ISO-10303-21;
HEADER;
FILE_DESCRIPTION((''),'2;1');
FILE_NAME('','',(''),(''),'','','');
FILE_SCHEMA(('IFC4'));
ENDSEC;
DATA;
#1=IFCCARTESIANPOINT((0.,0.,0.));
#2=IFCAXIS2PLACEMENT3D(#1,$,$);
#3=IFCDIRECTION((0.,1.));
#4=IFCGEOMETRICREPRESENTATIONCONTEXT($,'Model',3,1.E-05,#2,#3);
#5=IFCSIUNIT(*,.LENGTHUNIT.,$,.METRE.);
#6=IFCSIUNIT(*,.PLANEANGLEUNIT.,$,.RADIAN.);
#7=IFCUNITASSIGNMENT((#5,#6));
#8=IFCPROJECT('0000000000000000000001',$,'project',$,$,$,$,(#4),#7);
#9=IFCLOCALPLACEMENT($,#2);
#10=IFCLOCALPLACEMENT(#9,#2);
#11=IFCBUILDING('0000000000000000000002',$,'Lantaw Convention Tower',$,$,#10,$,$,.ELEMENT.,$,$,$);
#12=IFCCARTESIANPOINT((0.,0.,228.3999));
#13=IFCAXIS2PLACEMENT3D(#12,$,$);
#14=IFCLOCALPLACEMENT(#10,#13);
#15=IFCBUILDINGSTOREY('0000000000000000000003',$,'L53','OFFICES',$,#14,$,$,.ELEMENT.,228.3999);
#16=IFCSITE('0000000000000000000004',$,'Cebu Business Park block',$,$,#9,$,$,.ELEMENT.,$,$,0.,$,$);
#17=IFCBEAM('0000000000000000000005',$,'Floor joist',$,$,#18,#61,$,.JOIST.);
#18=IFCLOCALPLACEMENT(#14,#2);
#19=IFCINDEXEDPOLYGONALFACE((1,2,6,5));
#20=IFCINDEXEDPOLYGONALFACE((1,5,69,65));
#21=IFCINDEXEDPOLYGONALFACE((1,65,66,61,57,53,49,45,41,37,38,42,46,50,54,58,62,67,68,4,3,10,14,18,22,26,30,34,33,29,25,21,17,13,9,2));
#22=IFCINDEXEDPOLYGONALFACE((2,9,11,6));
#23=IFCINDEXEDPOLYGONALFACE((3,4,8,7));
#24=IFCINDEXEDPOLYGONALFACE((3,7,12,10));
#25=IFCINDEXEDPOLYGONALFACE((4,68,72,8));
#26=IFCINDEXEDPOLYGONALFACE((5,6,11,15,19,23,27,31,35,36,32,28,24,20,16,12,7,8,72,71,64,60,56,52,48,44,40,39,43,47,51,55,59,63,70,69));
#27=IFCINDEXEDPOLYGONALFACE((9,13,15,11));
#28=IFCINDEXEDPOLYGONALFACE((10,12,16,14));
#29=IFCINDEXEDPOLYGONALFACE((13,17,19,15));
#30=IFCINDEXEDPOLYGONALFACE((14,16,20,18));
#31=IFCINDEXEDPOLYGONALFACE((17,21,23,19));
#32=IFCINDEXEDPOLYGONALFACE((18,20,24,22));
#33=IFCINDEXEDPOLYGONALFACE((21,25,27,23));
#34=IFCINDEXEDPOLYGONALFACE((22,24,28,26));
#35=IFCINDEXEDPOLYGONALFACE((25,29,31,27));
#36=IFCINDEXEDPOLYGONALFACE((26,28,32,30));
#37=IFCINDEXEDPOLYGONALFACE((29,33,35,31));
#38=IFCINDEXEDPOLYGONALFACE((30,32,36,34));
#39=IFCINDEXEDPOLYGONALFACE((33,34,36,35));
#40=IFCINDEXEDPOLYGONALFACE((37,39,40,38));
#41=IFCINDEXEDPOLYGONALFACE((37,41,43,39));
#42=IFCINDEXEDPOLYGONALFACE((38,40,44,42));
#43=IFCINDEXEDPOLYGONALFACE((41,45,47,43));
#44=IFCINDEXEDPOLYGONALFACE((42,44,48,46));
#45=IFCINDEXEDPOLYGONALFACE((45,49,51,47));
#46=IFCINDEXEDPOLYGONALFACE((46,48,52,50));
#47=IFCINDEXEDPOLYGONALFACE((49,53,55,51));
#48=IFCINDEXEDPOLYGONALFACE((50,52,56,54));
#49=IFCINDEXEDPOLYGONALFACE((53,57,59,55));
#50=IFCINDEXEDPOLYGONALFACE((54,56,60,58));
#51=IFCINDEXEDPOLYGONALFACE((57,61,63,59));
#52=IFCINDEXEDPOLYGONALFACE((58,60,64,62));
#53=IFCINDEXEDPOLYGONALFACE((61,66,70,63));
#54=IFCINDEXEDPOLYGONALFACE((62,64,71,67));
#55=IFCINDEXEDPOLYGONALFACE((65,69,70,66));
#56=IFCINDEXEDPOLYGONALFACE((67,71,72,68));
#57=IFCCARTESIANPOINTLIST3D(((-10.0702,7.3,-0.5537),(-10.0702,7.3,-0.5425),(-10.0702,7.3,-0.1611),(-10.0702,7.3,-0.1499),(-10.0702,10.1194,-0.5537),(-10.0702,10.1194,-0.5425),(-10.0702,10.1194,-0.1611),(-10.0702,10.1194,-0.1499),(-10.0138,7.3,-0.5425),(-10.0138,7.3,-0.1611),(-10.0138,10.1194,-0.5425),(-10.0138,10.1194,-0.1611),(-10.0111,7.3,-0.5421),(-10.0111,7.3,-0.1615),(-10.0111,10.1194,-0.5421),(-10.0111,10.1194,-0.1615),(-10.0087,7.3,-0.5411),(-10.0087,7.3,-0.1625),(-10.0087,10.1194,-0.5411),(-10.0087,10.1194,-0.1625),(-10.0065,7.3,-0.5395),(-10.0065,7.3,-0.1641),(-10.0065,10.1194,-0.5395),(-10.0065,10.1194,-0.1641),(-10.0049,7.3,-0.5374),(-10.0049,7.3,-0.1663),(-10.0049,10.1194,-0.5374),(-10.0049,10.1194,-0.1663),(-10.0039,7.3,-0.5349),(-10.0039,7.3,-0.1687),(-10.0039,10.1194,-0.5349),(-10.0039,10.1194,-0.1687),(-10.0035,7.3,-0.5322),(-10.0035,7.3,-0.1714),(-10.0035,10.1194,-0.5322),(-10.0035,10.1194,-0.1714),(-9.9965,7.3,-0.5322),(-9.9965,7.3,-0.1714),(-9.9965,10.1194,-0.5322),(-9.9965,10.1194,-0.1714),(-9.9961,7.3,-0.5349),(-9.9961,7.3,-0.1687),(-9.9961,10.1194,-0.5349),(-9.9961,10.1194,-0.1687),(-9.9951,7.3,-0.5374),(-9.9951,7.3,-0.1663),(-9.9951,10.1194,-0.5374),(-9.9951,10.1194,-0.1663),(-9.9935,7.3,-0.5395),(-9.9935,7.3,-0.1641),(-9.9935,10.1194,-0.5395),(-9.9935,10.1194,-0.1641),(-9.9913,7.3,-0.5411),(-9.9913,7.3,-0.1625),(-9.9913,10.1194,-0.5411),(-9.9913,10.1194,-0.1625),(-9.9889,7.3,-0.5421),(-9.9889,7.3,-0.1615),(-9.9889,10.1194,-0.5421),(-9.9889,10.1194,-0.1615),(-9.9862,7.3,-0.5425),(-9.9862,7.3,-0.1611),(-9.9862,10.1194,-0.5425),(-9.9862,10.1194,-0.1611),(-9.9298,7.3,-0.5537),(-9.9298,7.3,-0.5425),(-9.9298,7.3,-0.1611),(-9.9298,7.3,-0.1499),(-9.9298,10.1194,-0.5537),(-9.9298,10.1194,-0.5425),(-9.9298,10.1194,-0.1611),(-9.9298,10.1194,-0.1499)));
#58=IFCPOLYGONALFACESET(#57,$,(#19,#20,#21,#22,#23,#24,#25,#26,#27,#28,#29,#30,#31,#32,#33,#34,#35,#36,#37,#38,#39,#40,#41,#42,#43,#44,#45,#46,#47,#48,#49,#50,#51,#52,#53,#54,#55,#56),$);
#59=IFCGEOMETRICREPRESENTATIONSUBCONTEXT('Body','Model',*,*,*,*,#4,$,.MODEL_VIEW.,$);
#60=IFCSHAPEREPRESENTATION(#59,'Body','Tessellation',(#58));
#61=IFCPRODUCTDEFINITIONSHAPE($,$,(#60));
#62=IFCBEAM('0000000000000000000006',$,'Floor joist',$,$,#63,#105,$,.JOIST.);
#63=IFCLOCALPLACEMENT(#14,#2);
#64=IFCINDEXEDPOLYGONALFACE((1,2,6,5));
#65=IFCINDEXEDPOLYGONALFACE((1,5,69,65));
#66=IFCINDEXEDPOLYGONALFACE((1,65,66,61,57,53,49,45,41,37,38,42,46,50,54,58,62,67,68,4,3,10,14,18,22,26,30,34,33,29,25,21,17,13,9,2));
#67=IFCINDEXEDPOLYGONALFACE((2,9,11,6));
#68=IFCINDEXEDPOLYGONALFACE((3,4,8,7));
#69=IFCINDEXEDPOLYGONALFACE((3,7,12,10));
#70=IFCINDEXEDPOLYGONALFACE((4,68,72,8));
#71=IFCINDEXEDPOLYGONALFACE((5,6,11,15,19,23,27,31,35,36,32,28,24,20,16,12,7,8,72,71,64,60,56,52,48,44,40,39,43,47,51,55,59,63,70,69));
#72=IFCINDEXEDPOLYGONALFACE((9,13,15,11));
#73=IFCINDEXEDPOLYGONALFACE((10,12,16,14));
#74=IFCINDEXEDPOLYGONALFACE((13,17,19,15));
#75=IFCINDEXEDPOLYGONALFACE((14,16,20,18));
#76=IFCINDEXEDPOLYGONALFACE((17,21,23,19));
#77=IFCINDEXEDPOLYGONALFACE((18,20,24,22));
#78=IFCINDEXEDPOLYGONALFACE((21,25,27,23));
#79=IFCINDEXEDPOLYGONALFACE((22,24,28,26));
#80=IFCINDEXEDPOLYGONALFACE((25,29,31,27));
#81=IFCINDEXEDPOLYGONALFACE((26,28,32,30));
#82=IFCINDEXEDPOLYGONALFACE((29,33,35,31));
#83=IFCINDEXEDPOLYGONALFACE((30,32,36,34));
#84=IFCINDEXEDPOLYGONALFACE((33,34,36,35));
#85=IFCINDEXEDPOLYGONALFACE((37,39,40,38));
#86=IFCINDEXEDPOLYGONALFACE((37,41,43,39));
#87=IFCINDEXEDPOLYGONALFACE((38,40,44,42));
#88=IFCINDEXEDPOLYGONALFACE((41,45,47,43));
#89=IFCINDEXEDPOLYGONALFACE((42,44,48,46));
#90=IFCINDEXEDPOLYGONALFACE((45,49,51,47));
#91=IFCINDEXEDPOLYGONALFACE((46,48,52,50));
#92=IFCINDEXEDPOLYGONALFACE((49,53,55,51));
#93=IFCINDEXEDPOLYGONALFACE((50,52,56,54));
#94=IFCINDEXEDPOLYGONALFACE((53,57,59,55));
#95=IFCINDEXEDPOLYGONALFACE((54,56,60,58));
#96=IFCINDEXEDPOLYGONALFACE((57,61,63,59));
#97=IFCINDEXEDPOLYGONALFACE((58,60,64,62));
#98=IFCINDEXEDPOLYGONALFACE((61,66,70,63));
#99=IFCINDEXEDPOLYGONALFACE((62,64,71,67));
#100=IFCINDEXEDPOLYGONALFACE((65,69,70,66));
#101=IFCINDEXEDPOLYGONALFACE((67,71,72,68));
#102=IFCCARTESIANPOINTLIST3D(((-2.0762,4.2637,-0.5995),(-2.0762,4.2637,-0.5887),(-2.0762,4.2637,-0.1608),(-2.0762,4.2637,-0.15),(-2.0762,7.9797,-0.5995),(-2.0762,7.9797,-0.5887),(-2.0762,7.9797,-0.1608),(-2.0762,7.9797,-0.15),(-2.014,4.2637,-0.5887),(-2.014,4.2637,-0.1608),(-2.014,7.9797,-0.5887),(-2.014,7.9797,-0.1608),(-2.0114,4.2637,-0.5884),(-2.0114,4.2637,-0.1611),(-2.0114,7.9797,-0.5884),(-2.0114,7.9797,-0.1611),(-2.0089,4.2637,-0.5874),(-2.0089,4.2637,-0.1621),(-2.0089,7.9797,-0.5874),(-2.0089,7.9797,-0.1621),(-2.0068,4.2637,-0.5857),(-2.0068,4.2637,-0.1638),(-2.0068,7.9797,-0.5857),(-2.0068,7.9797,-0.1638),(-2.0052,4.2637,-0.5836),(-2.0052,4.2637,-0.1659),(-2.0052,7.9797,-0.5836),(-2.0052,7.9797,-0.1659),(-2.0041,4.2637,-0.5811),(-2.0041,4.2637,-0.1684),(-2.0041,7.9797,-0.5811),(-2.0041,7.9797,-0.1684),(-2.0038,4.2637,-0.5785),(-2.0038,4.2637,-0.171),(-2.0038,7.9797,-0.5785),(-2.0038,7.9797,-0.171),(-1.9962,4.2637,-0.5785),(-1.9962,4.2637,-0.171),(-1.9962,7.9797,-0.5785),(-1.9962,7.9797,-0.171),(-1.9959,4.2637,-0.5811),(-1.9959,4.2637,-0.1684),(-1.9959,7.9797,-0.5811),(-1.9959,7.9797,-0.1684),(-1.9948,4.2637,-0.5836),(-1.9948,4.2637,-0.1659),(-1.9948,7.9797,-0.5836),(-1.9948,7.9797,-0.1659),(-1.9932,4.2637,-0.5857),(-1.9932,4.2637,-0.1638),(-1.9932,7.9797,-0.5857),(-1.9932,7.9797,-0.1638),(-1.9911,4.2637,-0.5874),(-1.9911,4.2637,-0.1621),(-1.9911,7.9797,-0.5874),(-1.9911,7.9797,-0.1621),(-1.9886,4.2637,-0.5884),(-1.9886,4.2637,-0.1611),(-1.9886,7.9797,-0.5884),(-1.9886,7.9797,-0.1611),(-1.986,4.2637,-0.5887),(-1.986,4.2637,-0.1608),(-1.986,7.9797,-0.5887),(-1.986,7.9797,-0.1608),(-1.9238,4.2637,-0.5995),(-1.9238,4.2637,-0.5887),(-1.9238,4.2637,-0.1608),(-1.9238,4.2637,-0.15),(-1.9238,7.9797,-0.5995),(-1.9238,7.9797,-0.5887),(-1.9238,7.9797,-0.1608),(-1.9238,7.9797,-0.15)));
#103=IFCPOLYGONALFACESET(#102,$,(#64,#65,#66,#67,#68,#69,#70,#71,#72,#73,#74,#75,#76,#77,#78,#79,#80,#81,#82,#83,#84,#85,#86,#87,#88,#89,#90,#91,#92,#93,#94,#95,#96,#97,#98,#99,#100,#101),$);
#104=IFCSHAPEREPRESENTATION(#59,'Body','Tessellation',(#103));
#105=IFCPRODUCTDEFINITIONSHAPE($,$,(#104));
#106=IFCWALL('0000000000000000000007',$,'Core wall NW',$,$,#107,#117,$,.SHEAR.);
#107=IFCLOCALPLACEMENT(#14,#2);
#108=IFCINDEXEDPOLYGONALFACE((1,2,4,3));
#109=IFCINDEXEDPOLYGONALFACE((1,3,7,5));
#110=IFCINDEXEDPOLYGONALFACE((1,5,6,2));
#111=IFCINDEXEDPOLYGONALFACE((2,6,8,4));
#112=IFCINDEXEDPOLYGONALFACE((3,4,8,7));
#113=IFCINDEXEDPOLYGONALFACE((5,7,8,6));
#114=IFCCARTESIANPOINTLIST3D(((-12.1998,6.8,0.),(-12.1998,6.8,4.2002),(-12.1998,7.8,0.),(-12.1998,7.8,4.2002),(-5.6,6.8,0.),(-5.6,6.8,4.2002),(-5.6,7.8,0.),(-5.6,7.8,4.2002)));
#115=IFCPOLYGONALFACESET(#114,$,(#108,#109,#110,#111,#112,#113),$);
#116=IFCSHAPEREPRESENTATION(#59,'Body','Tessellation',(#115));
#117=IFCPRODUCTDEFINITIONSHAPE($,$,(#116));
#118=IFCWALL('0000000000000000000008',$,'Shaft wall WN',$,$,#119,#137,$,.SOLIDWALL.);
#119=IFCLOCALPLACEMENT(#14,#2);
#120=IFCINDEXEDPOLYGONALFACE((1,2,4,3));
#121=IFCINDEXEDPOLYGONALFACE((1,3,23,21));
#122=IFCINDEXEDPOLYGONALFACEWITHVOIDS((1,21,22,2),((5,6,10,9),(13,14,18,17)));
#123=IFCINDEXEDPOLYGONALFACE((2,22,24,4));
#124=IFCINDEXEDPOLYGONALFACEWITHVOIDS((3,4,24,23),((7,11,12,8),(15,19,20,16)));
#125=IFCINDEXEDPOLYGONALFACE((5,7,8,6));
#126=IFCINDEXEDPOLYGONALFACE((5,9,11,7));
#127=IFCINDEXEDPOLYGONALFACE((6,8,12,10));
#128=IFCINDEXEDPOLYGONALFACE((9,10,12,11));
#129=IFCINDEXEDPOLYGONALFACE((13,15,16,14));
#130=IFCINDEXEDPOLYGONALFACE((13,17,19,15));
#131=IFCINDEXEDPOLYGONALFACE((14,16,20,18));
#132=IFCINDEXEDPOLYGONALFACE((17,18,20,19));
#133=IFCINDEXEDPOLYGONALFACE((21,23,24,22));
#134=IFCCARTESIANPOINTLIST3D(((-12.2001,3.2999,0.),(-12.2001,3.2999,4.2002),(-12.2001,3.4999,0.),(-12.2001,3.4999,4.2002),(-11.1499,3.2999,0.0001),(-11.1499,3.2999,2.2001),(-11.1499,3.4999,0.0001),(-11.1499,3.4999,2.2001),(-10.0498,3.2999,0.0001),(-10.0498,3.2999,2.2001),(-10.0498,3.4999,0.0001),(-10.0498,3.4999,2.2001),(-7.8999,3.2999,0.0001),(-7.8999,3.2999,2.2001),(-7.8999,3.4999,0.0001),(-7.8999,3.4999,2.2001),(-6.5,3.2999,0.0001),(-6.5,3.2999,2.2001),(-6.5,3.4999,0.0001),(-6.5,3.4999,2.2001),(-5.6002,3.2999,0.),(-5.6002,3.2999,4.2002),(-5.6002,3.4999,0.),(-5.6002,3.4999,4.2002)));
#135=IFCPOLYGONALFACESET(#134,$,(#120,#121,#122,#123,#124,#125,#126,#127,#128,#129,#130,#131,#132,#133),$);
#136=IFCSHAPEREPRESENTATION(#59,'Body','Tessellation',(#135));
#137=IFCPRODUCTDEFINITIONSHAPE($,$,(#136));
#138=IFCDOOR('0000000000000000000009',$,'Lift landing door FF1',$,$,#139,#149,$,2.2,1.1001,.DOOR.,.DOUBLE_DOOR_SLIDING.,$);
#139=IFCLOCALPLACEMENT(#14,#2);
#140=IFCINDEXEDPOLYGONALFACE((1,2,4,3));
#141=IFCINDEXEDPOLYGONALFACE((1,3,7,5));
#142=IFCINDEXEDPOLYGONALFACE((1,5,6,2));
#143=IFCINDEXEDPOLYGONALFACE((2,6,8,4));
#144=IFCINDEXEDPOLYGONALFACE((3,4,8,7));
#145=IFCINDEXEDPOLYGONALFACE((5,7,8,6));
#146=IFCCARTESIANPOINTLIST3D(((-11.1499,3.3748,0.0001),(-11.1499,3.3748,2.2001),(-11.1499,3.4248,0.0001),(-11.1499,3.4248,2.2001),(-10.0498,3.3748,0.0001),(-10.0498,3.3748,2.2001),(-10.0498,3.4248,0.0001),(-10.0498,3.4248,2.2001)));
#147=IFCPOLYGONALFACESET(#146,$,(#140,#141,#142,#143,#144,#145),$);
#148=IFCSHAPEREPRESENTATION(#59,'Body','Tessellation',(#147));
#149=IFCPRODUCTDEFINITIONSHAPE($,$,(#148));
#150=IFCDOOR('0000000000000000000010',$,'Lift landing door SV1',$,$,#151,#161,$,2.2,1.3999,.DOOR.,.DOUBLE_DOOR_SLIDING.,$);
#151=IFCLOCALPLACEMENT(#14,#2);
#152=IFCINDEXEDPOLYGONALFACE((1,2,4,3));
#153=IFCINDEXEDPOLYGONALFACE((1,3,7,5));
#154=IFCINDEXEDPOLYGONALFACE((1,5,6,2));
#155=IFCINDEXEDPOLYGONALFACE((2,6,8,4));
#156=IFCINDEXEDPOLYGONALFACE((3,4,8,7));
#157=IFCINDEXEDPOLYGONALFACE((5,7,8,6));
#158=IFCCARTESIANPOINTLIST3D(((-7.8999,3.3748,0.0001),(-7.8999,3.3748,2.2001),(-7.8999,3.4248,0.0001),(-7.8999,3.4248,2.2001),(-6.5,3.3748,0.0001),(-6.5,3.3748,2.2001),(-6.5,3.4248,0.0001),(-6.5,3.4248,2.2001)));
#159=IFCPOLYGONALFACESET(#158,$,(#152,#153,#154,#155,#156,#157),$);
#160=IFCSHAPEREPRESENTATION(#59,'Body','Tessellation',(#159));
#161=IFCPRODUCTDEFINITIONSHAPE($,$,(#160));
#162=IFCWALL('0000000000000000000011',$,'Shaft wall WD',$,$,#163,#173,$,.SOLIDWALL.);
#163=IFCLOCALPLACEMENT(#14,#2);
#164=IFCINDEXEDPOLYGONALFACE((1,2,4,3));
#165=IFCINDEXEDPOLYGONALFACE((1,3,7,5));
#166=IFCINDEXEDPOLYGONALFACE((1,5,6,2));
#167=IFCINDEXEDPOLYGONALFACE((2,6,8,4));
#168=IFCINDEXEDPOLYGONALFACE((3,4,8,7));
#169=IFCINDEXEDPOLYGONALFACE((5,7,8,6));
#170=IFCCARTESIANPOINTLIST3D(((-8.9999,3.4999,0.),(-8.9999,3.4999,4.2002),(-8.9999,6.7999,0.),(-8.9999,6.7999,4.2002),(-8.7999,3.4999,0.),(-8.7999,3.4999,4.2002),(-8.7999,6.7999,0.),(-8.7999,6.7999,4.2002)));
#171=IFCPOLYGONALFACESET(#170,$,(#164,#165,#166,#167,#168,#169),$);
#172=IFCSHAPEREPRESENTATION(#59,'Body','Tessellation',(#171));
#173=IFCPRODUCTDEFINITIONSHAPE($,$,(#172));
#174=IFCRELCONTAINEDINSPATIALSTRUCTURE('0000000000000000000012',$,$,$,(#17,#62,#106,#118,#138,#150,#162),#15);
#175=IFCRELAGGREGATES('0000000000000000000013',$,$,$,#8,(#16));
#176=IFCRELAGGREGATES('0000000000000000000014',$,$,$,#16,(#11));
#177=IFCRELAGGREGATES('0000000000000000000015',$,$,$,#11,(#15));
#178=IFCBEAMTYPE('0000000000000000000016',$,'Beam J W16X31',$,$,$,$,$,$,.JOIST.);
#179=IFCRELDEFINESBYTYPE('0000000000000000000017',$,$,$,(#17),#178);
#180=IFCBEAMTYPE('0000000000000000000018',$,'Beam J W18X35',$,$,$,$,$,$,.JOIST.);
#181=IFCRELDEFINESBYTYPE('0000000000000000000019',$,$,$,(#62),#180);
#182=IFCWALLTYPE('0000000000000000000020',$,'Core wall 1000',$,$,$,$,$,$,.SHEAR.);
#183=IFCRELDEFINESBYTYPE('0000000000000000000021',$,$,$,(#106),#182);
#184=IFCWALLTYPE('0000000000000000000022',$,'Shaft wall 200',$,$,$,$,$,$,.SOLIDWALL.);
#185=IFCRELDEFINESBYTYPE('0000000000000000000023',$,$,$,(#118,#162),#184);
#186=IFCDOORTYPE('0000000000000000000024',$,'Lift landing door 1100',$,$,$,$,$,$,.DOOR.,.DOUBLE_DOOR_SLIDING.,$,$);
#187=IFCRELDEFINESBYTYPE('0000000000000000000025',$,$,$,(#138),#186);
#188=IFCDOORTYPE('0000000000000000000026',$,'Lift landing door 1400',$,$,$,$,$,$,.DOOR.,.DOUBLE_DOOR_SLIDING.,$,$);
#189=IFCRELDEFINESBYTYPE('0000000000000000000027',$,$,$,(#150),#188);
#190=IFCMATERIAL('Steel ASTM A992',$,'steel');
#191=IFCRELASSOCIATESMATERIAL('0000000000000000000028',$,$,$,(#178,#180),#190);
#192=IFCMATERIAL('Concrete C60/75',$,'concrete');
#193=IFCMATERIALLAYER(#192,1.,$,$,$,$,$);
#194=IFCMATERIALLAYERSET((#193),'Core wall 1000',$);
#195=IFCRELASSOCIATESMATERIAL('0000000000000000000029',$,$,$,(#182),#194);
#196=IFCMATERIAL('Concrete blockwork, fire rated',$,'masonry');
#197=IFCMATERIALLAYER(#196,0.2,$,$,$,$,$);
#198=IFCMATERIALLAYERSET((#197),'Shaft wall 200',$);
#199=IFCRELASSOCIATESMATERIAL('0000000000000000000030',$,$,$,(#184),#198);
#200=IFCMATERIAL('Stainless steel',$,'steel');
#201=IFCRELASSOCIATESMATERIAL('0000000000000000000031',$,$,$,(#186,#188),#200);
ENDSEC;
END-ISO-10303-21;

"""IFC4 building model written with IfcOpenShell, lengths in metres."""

from ifc_helpers import new_model, si_unit, direction, frame, frame_2d, origin, origin_2d, place, context, subcontext, project, spatial, rectangle, i_section, extrude, material, layer, layer_set, material_profile, profile_set, type_object, element, fill, save


model = new_model("IFC4")

# Units and contexts
model_context = context("Model", 3, precision=1e-05, world=origin(), true_north=direction((0.0, 1.0)))
body_context = subcontext(model_context, "Body", "Model", "MODEL_VIEW")
ifc_project = project(units=[si_unit("LENGTHUNIT", "METRE"), si_unit("PLANEANGLEUNIT", "RADIAN")], contexts=[model_context])

# Site, building, storey
site_placement = place(None, origin())
site = spatial("IfcSite", under=ifc_project, at=site_placement, Name="Cebu Business Park block", CompositionType="ELEMENT", RefElevation=0.0)
building_placement = place(site_placement, origin())
building = spatial("IfcBuilding", under=site, at=building_placement, Name="Lantaw Convention Tower", CompositionType="ELEMENT")
storey_placement = place(building_placement, frame((0.0, 0.0, 228.3999)))
storey = spatial("IfcBuildingStorey", under=building, at=storey_placement, Name="L53", Description="OFFICES", CompositionType="ELEMENT", Elevation=228.3999)

# Beams
ifc_material_1 = material(Name="Steel ASTM A992", Category="steel")
ifc_material_profile_1 = material_profile(ifc_material_1, i_section(OverallWidth=0.1404, OverallDepth=0.4038, WebThickness=0.0071, FlangeThickness=0.0112, FilletRadius=0.0103, at=origin_2d()), Name="W16X31")
ifc_profile_set_1 = profile_set([ifc_material_profile_1], Name="Steel ASTM A992")
beam_type_1 = type_object("IfcBeamType", Name="Beam J W16X31", PredefinedType="JOIST", material=ifc_profile_set_1)
beam_1_placement = place(storey_placement, frame((-10.0, 7.3, -0.3518), z_axis=(0.0, 1.0, 0.0), x_axis=(-1.0, 0.0, 0.0)))
element("IfcBeam", 1, at=beam_1_placement, inside=storey, type_object=beam_type_1, Name="Floor joist", PredefinedType="JOIST", context=body_context, shape_type="SweptSolid", body=[
    extrude(i_section(OverallWidth=0.1404, OverallDepth=0.4038, WebThickness=0.0071, FlangeThickness=0.0112, FilletRadius=0.0103, at=origin_2d()), origin(), (0.0, 0.0, 1.0), 2.8193),
])
ifc_material_profile_2 = material_profile(ifc_material_1, i_section(OverallWidth=0.1523, OverallDepth=0.4495, WebThickness=0.0076, FlangeThickness=0.0107, FilletRadius=0.0103, at=origin_2d()), Name="W18X35")
ifc_profile_set_2 = profile_set([ifc_material_profile_2], Name="Steel ASTM A992")
beam_type_2 = type_object("IfcBeamType", Name="Beam J W18X35", PredefinedType="JOIST", material=ifc_profile_set_2)
beam_2_placement = place(storey_placement, frame((-2.0, 4.2637, -0.3748), z_axis=(0.0, 1.0, 0.0), x_axis=(-1.0, 0.0, 0.0)))
element("IfcBeam", 2, at=beam_2_placement, inside=storey, type_object=beam_type_2, Name="Floor joist", PredefinedType="JOIST", context=body_context, shape_type="SweptSolid", body=[
    extrude(i_section(OverallWidth=0.1523, OverallDepth=0.4495, WebThickness=0.0076, FlangeThickness=0.0107, FilletRadius=0.0103, at=origin_2d()), origin(), (0.0, 0.0, 1.0), 3.7161),
])

# Wall
ifc_material_2 = material(Name="Concrete C60/75", Category="concrete")
ifc_layer_1 = layer(ifc_material_2, 1.0)
ifc_layer_set_1 = layer_set([ifc_layer_1], Name="Core wall 1000")
wall_type_1 = type_object("IfcWallType", Name="Core wall 1000", PredefinedType="SHEAR", material=ifc_layer_set_1)
wall_1_placement = place(storey_placement, frame((-5.6001, 7.3, 0.0), z_axis=(0.0, 0.0, 1.0), x_axis=(-1.0, 0.0, 0.0)))
element("IfcWall", 3, at=wall_1_placement, inside=storey, type_object=wall_type_1, Name="Core wall NW", PredefinedType="SHEAR", context=body_context, shape_type="SweptSolid", body=[
    extrude(rectangle(XDim=6.5999, YDim=1.0, at=frame_2d((3.2998, 0.0))), origin(), (0.0, 0.0, 1.0), 4.2002),
])

# Wall, openings, doors
ifc_material_3 = material(Name="Concrete blockwork, fire rated", Category="masonry")
ifc_layer_2 = layer(ifc_material_3, 0.2)
ifc_layer_set_2 = layer_set([ifc_layer_2], Name="Shaft wall 200")
wall_type_2 = type_object("IfcWallType", Name="Shaft wall 200", PredefinedType="SOLIDWALL", material=ifc_layer_set_2)
wall_2_placement = place(storey_placement, frame((-12.2, 3.3999, 0.0), z_axis=(0.0, 0.0, 1.0), x_axis=(1.0, 0.0, 0.0)))
wall_2 = element("IfcWall", 4, at=wall_2_placement, inside=storey, type_object=wall_type_2, Name="Shaft wall WN", PredefinedType="SOLIDWALL", context=body_context, shape_type="SweptSolid", body=[
    extrude(rectangle(XDim=6.5999, YDim=0.2, at=frame_2d((3.2998, 0.0))), origin(), (0.0, 0.0, 1.0), 4.2002),
])
opening_1_placement = place(wall_2_placement, frame((1.05, 0.0, 0.0)))
opening_1 = element("IfcOpeningElement", 5, at=opening_1_placement, cuts=wall_2, PredefinedType="OPENING", context=body_context, shape_type="SweptSolid", body=[
    extrude(rectangle(XDim=1.1001, YDim=2.2, at=frame_2d((0.55, 1.1001))), frame((0.0, 0.1099, 0.0), z_axis=(0.0, -1.0, 0.0), x_axis=(1.0, 0.0, 0.0)), (0.0, 0.0, 1.0), 0.22),
])
opening_2_placement = place(wall_2_placement, frame((4.3, 0.0, 0.0)))
opening_2 = element("IfcOpeningElement", 6, at=opening_2_placement, cuts=wall_2, PredefinedType="OPENING", context=body_context, shape_type="SweptSolid", body=[
    extrude(rectangle(XDim=1.3999, YDim=2.2, at=frame_2d((0.7, 1.1001))), frame((0.0, 0.1099, 0.0), z_axis=(0.0, -1.0, 0.0), x_axis=(1.0, 0.0, 0.0)), (0.0, 0.0, 1.0), 0.22),
])
ifc_material_4 = material(Name="Stainless steel", Category="steel")
door_type_1 = type_object("IfcDoorType", Name="Lift landing door 1100", OperationType="DOUBLE_DOOR_SLIDING", PredefinedType="DOOR", material=ifc_material_4)
door_1_placement = place(opening_1_placement, origin())
door_1 = element("IfcDoor", 7, at=door_1_placement, inside=storey, type_object=door_type_1, Name="Lift landing door FF1", OperationType="DOUBLE_DOOR_SLIDING", OverallHeight=2.2, OverallWidth=1.1001, PredefinedType="DOOR", context=body_context, shape_type="SweptSolid", body=[
    extrude(rectangle(XDim=1.1001, YDim=2.2, at=frame_2d((0.55, 1.1001))), frame((0.0, 0.0249, 0.0), z_axis=(0.0, -1.0, 0.0), x_axis=(1.0, 0.0, 0.0)), (0.0, 0.0, 1.0), 0.05),
])
fill(opening_1, door_1)
door_type_2 = type_object("IfcDoorType", Name="Lift landing door 1400", OperationType="DOUBLE_DOOR_SLIDING", PredefinedType="DOOR", material=ifc_material_4)
door_2_placement = place(opening_2_placement, origin())
door_2 = element("IfcDoor", 8, at=door_2_placement, inside=storey, type_object=door_type_2, Name="Lift landing door SV1", OperationType="DOUBLE_DOOR_SLIDING", OverallHeight=2.2, OverallWidth=1.3999, PredefinedType="DOOR", context=body_context, shape_type="SweptSolid", body=[
    extrude(rectangle(XDim=1.3999, YDim=2.2, at=frame_2d((0.7, 1.1001))), frame((0.0, 0.0249, 0.0), z_axis=(0.0, -1.0, 0.0), x_axis=(1.0, 0.0, 0.0)), (0.0, 0.0, 1.0), 0.05),
])
fill(opening_2, door_2)

# Wall
wall_3_placement = place(storey_placement, frame((-8.8999, 3.5, 0.0), z_axis=(0.0, 0.0, 1.0), x_axis=(0.0, 1.0, 0.0)))
element("IfcWall", 9, at=wall_3_placement, inside=storey, type_object=wall_type_2, Name="Shaft wall WD", PredefinedType="SOLIDWALL", context=body_context, shape_type="SweptSolid", body=[
    extrude(rectangle(XDim=3.3, YDim=0.2, at=frame_2d((1.6499, 0.0))), origin(), (0.0, 0.0, 1.0), 4.2002),
])

save(model, "model.ifc")
